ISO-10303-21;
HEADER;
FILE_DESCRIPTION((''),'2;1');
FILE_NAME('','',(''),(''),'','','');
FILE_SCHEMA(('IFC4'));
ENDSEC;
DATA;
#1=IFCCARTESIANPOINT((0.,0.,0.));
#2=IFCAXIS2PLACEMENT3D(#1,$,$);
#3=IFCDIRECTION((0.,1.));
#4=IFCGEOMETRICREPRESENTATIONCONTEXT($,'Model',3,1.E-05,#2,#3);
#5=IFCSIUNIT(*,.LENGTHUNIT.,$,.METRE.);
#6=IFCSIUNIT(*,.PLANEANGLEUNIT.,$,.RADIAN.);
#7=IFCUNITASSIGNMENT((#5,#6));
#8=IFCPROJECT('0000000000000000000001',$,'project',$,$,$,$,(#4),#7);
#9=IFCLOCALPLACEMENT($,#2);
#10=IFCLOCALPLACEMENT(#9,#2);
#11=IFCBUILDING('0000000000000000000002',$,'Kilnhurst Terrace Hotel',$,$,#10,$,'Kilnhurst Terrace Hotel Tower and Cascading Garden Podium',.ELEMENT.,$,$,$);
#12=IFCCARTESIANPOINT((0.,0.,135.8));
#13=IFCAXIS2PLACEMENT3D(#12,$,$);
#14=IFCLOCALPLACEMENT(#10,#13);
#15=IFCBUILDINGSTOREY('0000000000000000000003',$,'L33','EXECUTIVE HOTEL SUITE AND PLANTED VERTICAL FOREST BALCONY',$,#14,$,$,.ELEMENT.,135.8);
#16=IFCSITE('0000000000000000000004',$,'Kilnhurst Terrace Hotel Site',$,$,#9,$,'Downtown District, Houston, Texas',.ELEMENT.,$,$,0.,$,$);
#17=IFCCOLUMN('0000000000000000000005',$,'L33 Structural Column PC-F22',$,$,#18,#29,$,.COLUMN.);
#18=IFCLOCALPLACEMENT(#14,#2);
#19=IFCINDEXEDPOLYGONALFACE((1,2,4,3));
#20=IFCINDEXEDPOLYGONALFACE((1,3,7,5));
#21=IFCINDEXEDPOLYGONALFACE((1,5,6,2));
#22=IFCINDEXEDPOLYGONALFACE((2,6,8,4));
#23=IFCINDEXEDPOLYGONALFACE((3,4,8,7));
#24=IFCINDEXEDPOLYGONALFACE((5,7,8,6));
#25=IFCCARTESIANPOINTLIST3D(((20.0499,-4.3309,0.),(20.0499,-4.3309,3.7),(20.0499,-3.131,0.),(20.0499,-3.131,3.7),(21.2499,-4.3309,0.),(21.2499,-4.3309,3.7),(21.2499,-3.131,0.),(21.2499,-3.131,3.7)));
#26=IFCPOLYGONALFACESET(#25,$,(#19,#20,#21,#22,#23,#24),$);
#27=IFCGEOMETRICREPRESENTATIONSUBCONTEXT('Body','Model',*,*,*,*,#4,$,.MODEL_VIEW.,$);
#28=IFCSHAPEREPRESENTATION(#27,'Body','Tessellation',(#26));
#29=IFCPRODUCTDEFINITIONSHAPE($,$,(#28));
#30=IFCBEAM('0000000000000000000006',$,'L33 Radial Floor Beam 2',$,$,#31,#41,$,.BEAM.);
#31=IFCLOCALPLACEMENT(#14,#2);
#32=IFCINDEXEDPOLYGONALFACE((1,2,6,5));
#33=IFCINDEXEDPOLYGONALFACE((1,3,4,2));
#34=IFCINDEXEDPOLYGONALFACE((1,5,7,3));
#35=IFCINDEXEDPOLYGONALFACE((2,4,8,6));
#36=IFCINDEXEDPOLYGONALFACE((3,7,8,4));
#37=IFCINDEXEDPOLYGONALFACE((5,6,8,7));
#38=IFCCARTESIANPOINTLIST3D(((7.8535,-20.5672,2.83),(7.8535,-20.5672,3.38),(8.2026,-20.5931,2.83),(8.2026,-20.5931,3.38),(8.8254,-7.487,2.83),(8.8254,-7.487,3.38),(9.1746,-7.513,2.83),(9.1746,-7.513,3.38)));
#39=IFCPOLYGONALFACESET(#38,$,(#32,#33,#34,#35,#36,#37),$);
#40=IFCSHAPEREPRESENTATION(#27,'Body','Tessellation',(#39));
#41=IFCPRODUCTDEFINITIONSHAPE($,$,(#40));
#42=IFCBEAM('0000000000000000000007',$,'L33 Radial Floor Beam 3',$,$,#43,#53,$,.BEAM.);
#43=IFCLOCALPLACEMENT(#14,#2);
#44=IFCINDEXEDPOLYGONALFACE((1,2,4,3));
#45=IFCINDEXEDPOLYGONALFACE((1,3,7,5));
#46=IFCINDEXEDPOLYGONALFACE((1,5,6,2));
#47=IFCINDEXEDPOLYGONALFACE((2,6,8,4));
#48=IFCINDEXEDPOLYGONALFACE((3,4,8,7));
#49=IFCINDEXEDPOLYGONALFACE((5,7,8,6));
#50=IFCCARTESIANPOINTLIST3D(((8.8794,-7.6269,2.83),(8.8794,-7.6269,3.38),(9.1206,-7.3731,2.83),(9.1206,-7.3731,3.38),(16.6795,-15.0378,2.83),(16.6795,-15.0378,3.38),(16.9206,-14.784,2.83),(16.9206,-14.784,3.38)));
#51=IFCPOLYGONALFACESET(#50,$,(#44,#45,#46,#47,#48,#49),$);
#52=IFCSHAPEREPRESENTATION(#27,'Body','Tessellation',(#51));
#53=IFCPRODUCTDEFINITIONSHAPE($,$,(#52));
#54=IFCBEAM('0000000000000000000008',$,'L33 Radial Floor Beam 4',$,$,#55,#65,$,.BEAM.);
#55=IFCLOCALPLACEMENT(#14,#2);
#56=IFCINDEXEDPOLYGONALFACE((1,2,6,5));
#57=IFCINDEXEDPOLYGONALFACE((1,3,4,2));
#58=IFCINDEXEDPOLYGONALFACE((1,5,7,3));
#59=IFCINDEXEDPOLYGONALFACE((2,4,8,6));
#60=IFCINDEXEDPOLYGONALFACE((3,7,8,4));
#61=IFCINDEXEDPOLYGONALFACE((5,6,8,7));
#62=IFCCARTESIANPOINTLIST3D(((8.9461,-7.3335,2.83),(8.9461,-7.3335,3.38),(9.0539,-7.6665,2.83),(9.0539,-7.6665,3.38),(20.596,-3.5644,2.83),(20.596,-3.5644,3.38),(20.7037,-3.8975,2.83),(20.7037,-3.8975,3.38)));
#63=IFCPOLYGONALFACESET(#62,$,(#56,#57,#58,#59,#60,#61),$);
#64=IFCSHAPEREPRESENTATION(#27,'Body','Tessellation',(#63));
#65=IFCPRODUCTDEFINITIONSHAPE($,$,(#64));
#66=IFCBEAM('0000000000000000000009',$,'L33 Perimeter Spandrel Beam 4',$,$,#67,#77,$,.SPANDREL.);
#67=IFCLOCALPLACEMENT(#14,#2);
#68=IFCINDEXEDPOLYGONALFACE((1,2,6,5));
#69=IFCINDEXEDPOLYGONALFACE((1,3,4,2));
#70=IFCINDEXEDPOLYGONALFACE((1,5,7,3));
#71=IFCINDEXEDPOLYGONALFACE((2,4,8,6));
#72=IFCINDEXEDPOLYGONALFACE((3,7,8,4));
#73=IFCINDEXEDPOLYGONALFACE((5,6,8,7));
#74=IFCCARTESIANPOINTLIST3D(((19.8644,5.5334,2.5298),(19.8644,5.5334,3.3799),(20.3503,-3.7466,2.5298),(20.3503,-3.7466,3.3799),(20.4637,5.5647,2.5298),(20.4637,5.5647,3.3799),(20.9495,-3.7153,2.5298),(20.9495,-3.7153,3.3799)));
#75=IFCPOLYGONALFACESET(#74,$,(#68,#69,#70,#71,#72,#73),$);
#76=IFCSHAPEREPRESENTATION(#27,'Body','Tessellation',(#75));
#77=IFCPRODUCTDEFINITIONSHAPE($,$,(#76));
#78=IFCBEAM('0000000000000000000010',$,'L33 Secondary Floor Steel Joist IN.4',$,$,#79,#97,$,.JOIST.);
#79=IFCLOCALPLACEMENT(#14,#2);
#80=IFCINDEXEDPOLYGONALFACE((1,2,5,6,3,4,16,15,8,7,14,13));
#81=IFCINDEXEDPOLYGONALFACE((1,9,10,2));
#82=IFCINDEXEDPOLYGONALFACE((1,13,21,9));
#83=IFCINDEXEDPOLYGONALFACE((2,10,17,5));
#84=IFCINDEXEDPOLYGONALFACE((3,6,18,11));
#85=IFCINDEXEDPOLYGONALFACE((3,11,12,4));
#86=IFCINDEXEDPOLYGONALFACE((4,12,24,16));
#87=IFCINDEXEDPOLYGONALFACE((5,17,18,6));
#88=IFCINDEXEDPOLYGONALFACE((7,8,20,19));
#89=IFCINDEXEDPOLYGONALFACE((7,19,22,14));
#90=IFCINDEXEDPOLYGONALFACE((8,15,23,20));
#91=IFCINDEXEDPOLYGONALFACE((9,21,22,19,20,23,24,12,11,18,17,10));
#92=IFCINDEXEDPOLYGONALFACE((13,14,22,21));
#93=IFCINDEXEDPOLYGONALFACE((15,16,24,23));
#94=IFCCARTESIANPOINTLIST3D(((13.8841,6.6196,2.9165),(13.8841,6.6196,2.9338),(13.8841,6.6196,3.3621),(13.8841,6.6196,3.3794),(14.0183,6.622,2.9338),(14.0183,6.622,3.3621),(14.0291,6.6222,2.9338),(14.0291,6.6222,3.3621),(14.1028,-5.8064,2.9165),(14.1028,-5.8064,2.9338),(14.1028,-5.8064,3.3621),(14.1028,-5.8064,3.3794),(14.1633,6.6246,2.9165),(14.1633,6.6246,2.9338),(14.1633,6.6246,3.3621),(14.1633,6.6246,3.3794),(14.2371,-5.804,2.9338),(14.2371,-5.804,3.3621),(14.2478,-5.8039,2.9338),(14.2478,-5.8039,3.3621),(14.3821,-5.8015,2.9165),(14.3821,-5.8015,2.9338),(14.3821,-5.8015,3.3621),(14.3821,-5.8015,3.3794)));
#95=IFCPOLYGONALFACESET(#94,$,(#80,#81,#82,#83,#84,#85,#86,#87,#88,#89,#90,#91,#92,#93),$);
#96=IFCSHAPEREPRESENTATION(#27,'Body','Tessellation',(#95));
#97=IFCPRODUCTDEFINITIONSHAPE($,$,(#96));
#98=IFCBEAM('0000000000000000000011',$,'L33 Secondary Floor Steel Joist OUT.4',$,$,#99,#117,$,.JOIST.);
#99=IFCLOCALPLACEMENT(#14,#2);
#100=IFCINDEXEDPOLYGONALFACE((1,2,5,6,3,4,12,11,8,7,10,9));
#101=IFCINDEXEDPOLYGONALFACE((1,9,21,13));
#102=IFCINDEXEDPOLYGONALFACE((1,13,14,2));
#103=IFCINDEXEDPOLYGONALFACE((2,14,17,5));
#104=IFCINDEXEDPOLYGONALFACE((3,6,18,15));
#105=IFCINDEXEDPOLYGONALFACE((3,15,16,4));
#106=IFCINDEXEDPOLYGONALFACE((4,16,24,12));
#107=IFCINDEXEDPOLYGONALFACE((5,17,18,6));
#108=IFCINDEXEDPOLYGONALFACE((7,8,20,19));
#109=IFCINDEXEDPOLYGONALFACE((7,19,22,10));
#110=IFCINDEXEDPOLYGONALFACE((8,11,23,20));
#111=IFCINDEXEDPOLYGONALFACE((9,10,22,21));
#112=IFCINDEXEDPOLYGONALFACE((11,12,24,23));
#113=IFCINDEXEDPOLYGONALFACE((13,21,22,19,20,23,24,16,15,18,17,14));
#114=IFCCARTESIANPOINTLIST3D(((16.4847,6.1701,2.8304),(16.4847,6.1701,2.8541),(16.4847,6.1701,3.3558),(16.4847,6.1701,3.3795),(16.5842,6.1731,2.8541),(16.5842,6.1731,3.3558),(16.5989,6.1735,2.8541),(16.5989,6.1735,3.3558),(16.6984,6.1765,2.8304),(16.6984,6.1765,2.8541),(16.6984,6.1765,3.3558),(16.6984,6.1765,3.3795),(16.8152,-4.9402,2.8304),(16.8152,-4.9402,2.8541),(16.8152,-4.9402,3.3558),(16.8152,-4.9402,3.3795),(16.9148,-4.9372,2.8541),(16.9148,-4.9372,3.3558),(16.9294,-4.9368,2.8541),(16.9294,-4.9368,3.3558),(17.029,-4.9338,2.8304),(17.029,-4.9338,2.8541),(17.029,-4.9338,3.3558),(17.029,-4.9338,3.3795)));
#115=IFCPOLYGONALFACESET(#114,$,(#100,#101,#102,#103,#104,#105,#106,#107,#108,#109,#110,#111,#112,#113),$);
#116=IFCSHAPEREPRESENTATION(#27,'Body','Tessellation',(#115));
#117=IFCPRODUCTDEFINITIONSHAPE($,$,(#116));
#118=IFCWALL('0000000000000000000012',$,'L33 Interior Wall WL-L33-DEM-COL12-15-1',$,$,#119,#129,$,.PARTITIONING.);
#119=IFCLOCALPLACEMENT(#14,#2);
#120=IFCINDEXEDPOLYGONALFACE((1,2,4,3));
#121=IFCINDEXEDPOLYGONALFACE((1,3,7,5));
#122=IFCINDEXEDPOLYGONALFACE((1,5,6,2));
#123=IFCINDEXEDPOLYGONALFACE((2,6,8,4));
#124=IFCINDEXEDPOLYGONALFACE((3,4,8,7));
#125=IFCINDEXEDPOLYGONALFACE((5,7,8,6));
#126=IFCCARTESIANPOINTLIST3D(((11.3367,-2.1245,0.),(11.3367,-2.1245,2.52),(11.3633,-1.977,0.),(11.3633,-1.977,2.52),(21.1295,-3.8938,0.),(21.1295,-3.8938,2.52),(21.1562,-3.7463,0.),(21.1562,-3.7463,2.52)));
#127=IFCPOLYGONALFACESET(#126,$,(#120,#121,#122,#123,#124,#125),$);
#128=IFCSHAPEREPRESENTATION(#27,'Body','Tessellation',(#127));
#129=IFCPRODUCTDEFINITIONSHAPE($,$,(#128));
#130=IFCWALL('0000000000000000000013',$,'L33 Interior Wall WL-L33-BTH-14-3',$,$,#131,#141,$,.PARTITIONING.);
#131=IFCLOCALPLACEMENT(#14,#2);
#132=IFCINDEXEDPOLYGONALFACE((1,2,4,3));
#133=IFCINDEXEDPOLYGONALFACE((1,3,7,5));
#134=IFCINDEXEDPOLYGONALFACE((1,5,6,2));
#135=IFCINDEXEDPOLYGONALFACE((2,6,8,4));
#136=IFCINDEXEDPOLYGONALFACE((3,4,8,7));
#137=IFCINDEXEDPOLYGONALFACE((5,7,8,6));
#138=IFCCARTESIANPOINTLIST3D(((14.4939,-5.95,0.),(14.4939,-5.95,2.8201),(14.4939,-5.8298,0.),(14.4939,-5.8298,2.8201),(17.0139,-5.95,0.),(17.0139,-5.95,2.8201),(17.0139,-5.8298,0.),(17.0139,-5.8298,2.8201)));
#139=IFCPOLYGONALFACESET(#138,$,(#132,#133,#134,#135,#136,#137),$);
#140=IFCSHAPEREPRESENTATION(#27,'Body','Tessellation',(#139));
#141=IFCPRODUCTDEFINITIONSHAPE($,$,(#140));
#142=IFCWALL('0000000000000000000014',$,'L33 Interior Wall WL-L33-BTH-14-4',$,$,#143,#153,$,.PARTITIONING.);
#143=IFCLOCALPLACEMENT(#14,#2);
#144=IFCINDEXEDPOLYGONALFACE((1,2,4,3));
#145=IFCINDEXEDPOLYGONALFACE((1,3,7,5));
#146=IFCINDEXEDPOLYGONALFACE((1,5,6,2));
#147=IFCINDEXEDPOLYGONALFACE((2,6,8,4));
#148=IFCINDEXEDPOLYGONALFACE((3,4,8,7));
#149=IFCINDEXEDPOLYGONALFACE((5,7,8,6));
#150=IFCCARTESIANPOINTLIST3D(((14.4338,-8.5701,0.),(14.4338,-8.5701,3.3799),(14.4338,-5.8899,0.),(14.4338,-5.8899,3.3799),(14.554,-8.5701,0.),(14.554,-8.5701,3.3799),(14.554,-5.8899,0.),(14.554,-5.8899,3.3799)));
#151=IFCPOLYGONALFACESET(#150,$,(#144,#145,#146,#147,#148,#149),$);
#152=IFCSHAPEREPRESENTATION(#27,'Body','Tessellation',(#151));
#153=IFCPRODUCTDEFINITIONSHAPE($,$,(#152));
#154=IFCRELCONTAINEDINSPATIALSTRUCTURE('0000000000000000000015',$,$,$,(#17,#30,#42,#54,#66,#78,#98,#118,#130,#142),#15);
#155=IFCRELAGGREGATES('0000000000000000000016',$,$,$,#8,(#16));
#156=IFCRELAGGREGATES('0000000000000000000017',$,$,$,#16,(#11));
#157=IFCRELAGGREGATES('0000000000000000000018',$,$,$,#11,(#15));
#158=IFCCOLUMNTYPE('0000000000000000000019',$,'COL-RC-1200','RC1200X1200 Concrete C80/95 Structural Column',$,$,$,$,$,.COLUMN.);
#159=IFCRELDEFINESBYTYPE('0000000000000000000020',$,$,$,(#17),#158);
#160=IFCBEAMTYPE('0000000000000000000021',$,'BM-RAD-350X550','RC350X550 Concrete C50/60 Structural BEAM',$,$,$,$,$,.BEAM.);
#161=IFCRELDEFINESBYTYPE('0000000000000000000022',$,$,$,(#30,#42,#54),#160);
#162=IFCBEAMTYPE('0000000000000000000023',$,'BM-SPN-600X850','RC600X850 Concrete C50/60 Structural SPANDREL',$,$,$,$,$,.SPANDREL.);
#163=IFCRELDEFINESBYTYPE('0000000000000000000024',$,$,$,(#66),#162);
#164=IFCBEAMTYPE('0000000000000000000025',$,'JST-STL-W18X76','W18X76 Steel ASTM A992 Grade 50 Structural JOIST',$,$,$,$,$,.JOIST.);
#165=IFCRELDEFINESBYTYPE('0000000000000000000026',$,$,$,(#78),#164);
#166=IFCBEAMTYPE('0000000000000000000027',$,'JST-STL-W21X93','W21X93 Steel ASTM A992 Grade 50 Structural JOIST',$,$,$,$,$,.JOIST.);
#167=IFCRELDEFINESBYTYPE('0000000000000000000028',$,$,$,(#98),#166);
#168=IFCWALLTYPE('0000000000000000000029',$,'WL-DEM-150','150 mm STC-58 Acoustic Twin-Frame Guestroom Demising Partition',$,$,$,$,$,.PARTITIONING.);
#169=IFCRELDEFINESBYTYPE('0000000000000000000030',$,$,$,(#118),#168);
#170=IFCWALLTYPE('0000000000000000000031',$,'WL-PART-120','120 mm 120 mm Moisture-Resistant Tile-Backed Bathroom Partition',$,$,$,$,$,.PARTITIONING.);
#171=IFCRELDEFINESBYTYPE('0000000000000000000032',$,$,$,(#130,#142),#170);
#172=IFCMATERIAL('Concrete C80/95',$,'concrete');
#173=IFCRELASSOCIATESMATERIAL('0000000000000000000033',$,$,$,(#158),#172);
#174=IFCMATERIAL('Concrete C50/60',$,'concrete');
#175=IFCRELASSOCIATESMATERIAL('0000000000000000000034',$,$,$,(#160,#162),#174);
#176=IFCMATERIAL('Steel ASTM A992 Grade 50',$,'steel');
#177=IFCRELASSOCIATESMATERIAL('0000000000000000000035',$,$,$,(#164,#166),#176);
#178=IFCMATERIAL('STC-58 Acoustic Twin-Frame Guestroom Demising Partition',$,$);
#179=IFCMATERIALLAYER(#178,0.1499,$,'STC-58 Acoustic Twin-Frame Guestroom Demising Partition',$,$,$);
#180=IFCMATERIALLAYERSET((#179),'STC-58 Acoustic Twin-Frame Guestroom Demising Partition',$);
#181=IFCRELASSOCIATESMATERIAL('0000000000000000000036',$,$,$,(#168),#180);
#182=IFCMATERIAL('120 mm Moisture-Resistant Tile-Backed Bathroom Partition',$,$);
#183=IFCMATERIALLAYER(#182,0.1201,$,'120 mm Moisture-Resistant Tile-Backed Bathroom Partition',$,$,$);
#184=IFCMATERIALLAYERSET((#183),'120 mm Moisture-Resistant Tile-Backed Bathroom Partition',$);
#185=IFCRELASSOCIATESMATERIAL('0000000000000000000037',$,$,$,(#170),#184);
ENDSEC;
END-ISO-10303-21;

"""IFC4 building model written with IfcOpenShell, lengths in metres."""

from ifc_helpers import new_model, si_unit, direction, frame, frame_2d, origin, origin_2d, place, context, subcontext, project, spatial, rectangle, i_section, extrude, material, layer, layer_set, material_profile, profile_set, type_object, element, save


model = new_model("IFC4")

# Units and contexts
model_context = context("Model", 3, precision=1e-05, world=origin(), true_north=direction((0.0, 1.0)))
body_context = subcontext(model_context, "Body", "Model", "MODEL_VIEW")
ifc_project = project(units=[si_unit("LENGTHUNIT", "METRE"), si_unit("PLANEANGLEUNIT", "RADIAN")], contexts=[model_context])

# Site, building, storey
site_placement = place(None, origin())
site = spatial("IfcSite", under=ifc_project, at=site_placement, Name="Kilnhurst Terrace Hotel Site", LongName="Downtown District, Houston, Texas", CompositionType="ELEMENT", RefElevation=0.0)
building_placement = place(site_placement, origin())
building = spatial("IfcBuilding", under=site, at=building_placement, Name="Kilnhurst Terrace Hotel", LongName="Kilnhurst Terrace Hotel Tower and Cascading Garden Podium", CompositionType="ELEMENT")
storey_placement = place(building_placement, frame((0.0, 0.0, 135.8)))
storey = spatial("IfcBuildingStorey", under=building, at=storey_placement, Name="L33", Description="EXECUTIVE HOTEL SUITE AND PLANTED VERTICAL FOREST BALCONY", CompositionType="ELEMENT", Elevation=135.8)

# Column
ifc_material_1 = material(Name="Concrete C80/95", Category="concrete")
ifc_material_profile_1 = material_profile(ifc_material_1, rectangle(XDim=1.2, YDim=1.2, at=origin_2d()), Name="RC1200X1200")
ifc_profile_set_1 = profile_set([ifc_material_profile_1], Name="Concrete C80/95")
column_type = type_object("IfcColumnType", Name="COL-RC-1200", Description="RC1200X1200 Concrete C80/95 Structural Column", PredefinedType="COLUMN", material=ifc_profile_set_1)
column_placement = place(storey_placement, frame((20.6499, -3.731, 0.0), z_axis=(0.0, 0.0, 1.0), x_axis=(1.0, 0.0, 0.0)))
element("IfcColumn", 1, at=column_placement, inside=storey, type_object=column_type, Name="L33 Structural Column PC-F22", PredefinedType="COLUMN", context=body_context, shape_type="SweptSolid", body=[
    extrude(rectangle(XDim=1.2, YDim=1.2, at=origin_2d()), origin(), (0.0, 0.0, 1.0), 3.7),
])

# Beams
ifc_material_2 = material(Name="Concrete C50/60", Category="concrete")
ifc_material_profile_2 = material_profile(ifc_material_2, rectangle(XDim=0.3501, YDim=0.55, at=origin_2d()), Name="RC350X550")
ifc_profile_set_2 = profile_set([ifc_material_profile_2], Name="Concrete C50/60")
beam_type_1 = type_object("IfcBeamType", Name="BM-RAD-350X550", Description="RC350X550 Concrete C50/60 Structural BEAM", PredefinedType="BEAM", material=ifc_profile_set_2)
beam_1_placement = place(storey_placement, frame((9.0, -7.5, 3.105), z_axis=(-0.074101, -0.997251, 0.0), x_axis=(0.997251, -0.074101, 0.0)))
element("IfcBeam", 2, at=beam_1_placement, inside=storey, type_object=beam_type_1, Name="L33 Radial Floor Beam 2", PredefinedType="BEAM", context=body_context, shape_type="SweptSolid", body=[
    extrude(rectangle(XDim=0.3501, YDim=0.55, at=origin_2d()), origin(), (0.0, 0.0, 1.0), 13.1162),
])
beam_2_placement = place(storey_placement, frame((9.0, -7.5, 3.105), z_axis=(0.72496, -0.688791, 0.0), x_axis=(0.688791, 0.72496, 0.0)))
element("IfcBeam", 3, at=beam_2_placement, inside=storey, type_object=beam_type_1, Name="L33 Radial Floor Beam 3", PredefinedType="BEAM", context=body_context, shape_type="SweptSolid", body=[
    extrude(rectangle(XDim=0.3501, YDim=0.55, at=origin_2d()), origin(), (0.0, 0.0, 1.0), 10.7593),
])
beam_3_placement = place(storey_placement, frame((9.0, -7.5, 3.105), z_axis=(0.951446, 0.307817, 0.0), x_axis=(-0.307817, 0.951446, 0.0)))
element("IfcBeam", 4, at=beam_3_placement, inside=storey, type_object=beam_type_1, Name="L33 Radial Floor Beam 4", PredefinedType="BEAM", context=body_context, shape_type="SweptSolid", body=[
    extrude(rectangle(XDim=0.3501, YDim=0.55, at=origin_2d()), origin(), (0.0, 0.0, 1.0), 12.2444),
])
ifc_material_profile_3 = material_profile(ifc_material_2, rectangle(XDim=0.6001, YDim=0.8501, at=origin_2d()), Name="RC600X850")
ifc_profile_set_3 = profile_set([ifc_material_profile_3], Name="Concrete C50/60")
beam_type_2 = type_object("IfcBeamType", Name="BM-SPN-600X850", Description="RC600X850 Concrete C50/60 Structural SPANDREL", PredefinedType="SPANDREL", material=ifc_profile_set_3)
beam_4_placement = place(storey_placement, frame((20.6499, -3.731, 2.9548), z_axis=(-0.052282, 0.998632, 0.0), x_axis=(-0.998632, -0.052282, 0.0)))
element("IfcBeam", 5, at=beam_4_placement, inside=storey, type_object=beam_type_2, Name="L33 Perimeter Spandrel Beam 4", PredefinedType="SPANDREL", context=body_context, shape_type="SweptSolid", body=[
    extrude(rectangle(XDim=0.6001, YDim=0.8501, at=origin_2d()), origin(), (0.0, 0.0, 1.0), 9.2927),
])
ifc_material_3 = material(Name="Steel ASTM A992 Grade 50", Category="steel")
ifc_material_profile_4 = material_profile(ifc_material_3, i_section(OverallWidth=0.2793, OverallDepth=0.4629, WebThickness=0.0107, FlangeThickness=0.0173, at=origin_2d()), Name="W18X76")
ifc_profile_set_4 = profile_set([ifc_material_profile_4], Name="Steel ASTM A992 Grade 50")
beam_type_3 = type_object("IfcBeamType", Name="JST-STL-W18X76", Description="W18X76 Steel ASTM A992 Grade 50 Structural JOIST", PredefinedType="JOIST", material=ifc_profile_set_4)
beam_5_placement = place(storey_placement, frame((14.2424, -5.804, 3.1479), z_axis=(-0.017601, 0.999845, 0.0), x_axis=(-0.999845, -0.017601, 0.0)))
element("IfcBeam", 6, at=beam_5_placement, inside=storey, type_object=beam_type_3, Name="L33 Secondary Floor Steel Joist IN.4", PredefinedType="JOIST", context=body_context, shape_type="SweptSolid", body=[
    extrude(i_section(OverallWidth=0.2793, OverallDepth=0.4629, WebThickness=0.0107, FlangeThickness=0.0173, at=origin_2d()), origin(), (0.0, 0.0, 1.0), 12.428),
])
ifc_material_profile_5 = material_profile(ifc_material_3, i_section(OverallWidth=0.2139, OverallDepth=0.5491, WebThickness=0.0146, FlangeThickness=0.0237, at=origin_2d()), Name="W21X93")
ifc_profile_set_5 = profile_set([ifc_material_profile_5], Name="Steel ASTM A992 Grade 50")
beam_type_4 = type_object("IfcBeamType", Name="JST-STL-W21X93", Description="W21X93 Steel ASTM A992 Grade 50 Structural JOIST", PredefinedType="JOIST", material=ifc_profile_set_5)
beam_6_placement = place(storey_placement, frame((16.9221, -4.937, 3.105), z_axis=(-0.02974, 0.999558, 0.0), x_axis=(-0.999558, -0.02974, 0.0)))
element("IfcBeam", 7, at=beam_6_placement, inside=storey, type_object=beam_type_4, Name="L33 Secondary Floor Steel Joist OUT.4", PredefinedType="JOIST", context=body_context, shape_type="SweptSolid", body=[
    extrude(i_section(OverallWidth=0.2139, OverallDepth=0.5491, WebThickness=0.0146, FlangeThickness=0.0237, at=origin_2d()), origin(), (0.0, 0.0, 1.0), 11.1152),
])

# Walls
ifc_material_4 = material(Name="STC-58 Acoustic Twin-Frame Guestroom Demising Partition")
ifc_layer_1 = layer(ifc_material_4, 0.1499, Name="STC-58 Acoustic Twin-Frame Guestroom Demising Partition")
ifc_layer_set_1 = layer_set([ifc_layer_1], Name="STC-58 Acoustic Twin-Frame Guestroom Demising Partition")
wall_type_1 = type_object("IfcWallType", Name="WL-DEM-150", Description="150 mm STC-58 Acoustic Twin-Frame Guestroom Demising Partition", PredefinedType="PARTITIONING", material=ifc_layer_set_1)
wall_1_placement = place(storey_placement, frame((11.3501, -2.0508, 0.0), z_axis=(0.0, 0.0, 1.0), x_axis=(0.984068, -0.177791, 0.0)))
element("IfcWall", 8, at=wall_1_placement, inside=storey, type_object=wall_type_1, Name="L33 Interior Wall WL-L33-DEM-COL12-15-1", PredefinedType="PARTITIONING", context=body_context, shape_type="SweptSolid", body=[
    extrude(rectangle(XDim=9.9514, YDim=0.1499, at=frame_2d((4.9756, 0.0))), origin(), (0.0, 0.0, 1.0), 2.52),
])
ifc_material_5 = material(Name="120 mm Moisture-Resistant Tile-Backed Bathroom Partition")
ifc_layer_2 = layer(ifc_material_5, 0.1201, Name="120 mm Moisture-Resistant Tile-Backed Bathroom Partition")
ifc_layer_set_2 = layer_set([ifc_layer_2], Name="120 mm Moisture-Resistant Tile-Backed Bathroom Partition")
wall_type_2 = type_object("IfcWallType", Name="WL-PART-120", Description="120 mm 120 mm Moisture-Resistant Tile-Backed Bathroom Partition", PredefinedType="PARTITIONING", material=ifc_layer_set_2)
wall_2_placement = place(storey_placement, frame((17.0139, -5.8899, 0.0), z_axis=(0.0, 0.0, 1.0), x_axis=(-1.0, 0.0, 0.0)))
element("IfcWall", 9, at=wall_2_placement, inside=storey, type_object=wall_type_2, Name="L33 Interior Wall WL-L33-BTH-14-3", PredefinedType="PARTITIONING", context=body_context, shape_type="SweptSolid", body=[
    extrude(rectangle(XDim=2.52, YDim=0.1201, at=frame_2d((1.26, 0.0))), origin(), (0.0, 0.0, 1.0), 2.8201),
])
wall_3_placement = place(storey_placement, frame((14.4939, -5.8899, 0.0), z_axis=(0.0, 0.0, 1.0), x_axis=(0.0, -1.0, 0.0)))
element("IfcWall", 10, at=wall_3_placement, inside=storey, type_object=wall_type_2, Name="L33 Interior Wall WL-L33-BTH-14-4", PredefinedType="PARTITIONING", context=body_context, shape_type="SweptSolid", body=[
    extrude(rectangle(XDim=2.6802, YDim=0.1201, at=frame_2d((1.3401, 0.0))), origin(), (0.0, 0.0, 1.0), 3.3799),
])

save(model, "model.ifc")
